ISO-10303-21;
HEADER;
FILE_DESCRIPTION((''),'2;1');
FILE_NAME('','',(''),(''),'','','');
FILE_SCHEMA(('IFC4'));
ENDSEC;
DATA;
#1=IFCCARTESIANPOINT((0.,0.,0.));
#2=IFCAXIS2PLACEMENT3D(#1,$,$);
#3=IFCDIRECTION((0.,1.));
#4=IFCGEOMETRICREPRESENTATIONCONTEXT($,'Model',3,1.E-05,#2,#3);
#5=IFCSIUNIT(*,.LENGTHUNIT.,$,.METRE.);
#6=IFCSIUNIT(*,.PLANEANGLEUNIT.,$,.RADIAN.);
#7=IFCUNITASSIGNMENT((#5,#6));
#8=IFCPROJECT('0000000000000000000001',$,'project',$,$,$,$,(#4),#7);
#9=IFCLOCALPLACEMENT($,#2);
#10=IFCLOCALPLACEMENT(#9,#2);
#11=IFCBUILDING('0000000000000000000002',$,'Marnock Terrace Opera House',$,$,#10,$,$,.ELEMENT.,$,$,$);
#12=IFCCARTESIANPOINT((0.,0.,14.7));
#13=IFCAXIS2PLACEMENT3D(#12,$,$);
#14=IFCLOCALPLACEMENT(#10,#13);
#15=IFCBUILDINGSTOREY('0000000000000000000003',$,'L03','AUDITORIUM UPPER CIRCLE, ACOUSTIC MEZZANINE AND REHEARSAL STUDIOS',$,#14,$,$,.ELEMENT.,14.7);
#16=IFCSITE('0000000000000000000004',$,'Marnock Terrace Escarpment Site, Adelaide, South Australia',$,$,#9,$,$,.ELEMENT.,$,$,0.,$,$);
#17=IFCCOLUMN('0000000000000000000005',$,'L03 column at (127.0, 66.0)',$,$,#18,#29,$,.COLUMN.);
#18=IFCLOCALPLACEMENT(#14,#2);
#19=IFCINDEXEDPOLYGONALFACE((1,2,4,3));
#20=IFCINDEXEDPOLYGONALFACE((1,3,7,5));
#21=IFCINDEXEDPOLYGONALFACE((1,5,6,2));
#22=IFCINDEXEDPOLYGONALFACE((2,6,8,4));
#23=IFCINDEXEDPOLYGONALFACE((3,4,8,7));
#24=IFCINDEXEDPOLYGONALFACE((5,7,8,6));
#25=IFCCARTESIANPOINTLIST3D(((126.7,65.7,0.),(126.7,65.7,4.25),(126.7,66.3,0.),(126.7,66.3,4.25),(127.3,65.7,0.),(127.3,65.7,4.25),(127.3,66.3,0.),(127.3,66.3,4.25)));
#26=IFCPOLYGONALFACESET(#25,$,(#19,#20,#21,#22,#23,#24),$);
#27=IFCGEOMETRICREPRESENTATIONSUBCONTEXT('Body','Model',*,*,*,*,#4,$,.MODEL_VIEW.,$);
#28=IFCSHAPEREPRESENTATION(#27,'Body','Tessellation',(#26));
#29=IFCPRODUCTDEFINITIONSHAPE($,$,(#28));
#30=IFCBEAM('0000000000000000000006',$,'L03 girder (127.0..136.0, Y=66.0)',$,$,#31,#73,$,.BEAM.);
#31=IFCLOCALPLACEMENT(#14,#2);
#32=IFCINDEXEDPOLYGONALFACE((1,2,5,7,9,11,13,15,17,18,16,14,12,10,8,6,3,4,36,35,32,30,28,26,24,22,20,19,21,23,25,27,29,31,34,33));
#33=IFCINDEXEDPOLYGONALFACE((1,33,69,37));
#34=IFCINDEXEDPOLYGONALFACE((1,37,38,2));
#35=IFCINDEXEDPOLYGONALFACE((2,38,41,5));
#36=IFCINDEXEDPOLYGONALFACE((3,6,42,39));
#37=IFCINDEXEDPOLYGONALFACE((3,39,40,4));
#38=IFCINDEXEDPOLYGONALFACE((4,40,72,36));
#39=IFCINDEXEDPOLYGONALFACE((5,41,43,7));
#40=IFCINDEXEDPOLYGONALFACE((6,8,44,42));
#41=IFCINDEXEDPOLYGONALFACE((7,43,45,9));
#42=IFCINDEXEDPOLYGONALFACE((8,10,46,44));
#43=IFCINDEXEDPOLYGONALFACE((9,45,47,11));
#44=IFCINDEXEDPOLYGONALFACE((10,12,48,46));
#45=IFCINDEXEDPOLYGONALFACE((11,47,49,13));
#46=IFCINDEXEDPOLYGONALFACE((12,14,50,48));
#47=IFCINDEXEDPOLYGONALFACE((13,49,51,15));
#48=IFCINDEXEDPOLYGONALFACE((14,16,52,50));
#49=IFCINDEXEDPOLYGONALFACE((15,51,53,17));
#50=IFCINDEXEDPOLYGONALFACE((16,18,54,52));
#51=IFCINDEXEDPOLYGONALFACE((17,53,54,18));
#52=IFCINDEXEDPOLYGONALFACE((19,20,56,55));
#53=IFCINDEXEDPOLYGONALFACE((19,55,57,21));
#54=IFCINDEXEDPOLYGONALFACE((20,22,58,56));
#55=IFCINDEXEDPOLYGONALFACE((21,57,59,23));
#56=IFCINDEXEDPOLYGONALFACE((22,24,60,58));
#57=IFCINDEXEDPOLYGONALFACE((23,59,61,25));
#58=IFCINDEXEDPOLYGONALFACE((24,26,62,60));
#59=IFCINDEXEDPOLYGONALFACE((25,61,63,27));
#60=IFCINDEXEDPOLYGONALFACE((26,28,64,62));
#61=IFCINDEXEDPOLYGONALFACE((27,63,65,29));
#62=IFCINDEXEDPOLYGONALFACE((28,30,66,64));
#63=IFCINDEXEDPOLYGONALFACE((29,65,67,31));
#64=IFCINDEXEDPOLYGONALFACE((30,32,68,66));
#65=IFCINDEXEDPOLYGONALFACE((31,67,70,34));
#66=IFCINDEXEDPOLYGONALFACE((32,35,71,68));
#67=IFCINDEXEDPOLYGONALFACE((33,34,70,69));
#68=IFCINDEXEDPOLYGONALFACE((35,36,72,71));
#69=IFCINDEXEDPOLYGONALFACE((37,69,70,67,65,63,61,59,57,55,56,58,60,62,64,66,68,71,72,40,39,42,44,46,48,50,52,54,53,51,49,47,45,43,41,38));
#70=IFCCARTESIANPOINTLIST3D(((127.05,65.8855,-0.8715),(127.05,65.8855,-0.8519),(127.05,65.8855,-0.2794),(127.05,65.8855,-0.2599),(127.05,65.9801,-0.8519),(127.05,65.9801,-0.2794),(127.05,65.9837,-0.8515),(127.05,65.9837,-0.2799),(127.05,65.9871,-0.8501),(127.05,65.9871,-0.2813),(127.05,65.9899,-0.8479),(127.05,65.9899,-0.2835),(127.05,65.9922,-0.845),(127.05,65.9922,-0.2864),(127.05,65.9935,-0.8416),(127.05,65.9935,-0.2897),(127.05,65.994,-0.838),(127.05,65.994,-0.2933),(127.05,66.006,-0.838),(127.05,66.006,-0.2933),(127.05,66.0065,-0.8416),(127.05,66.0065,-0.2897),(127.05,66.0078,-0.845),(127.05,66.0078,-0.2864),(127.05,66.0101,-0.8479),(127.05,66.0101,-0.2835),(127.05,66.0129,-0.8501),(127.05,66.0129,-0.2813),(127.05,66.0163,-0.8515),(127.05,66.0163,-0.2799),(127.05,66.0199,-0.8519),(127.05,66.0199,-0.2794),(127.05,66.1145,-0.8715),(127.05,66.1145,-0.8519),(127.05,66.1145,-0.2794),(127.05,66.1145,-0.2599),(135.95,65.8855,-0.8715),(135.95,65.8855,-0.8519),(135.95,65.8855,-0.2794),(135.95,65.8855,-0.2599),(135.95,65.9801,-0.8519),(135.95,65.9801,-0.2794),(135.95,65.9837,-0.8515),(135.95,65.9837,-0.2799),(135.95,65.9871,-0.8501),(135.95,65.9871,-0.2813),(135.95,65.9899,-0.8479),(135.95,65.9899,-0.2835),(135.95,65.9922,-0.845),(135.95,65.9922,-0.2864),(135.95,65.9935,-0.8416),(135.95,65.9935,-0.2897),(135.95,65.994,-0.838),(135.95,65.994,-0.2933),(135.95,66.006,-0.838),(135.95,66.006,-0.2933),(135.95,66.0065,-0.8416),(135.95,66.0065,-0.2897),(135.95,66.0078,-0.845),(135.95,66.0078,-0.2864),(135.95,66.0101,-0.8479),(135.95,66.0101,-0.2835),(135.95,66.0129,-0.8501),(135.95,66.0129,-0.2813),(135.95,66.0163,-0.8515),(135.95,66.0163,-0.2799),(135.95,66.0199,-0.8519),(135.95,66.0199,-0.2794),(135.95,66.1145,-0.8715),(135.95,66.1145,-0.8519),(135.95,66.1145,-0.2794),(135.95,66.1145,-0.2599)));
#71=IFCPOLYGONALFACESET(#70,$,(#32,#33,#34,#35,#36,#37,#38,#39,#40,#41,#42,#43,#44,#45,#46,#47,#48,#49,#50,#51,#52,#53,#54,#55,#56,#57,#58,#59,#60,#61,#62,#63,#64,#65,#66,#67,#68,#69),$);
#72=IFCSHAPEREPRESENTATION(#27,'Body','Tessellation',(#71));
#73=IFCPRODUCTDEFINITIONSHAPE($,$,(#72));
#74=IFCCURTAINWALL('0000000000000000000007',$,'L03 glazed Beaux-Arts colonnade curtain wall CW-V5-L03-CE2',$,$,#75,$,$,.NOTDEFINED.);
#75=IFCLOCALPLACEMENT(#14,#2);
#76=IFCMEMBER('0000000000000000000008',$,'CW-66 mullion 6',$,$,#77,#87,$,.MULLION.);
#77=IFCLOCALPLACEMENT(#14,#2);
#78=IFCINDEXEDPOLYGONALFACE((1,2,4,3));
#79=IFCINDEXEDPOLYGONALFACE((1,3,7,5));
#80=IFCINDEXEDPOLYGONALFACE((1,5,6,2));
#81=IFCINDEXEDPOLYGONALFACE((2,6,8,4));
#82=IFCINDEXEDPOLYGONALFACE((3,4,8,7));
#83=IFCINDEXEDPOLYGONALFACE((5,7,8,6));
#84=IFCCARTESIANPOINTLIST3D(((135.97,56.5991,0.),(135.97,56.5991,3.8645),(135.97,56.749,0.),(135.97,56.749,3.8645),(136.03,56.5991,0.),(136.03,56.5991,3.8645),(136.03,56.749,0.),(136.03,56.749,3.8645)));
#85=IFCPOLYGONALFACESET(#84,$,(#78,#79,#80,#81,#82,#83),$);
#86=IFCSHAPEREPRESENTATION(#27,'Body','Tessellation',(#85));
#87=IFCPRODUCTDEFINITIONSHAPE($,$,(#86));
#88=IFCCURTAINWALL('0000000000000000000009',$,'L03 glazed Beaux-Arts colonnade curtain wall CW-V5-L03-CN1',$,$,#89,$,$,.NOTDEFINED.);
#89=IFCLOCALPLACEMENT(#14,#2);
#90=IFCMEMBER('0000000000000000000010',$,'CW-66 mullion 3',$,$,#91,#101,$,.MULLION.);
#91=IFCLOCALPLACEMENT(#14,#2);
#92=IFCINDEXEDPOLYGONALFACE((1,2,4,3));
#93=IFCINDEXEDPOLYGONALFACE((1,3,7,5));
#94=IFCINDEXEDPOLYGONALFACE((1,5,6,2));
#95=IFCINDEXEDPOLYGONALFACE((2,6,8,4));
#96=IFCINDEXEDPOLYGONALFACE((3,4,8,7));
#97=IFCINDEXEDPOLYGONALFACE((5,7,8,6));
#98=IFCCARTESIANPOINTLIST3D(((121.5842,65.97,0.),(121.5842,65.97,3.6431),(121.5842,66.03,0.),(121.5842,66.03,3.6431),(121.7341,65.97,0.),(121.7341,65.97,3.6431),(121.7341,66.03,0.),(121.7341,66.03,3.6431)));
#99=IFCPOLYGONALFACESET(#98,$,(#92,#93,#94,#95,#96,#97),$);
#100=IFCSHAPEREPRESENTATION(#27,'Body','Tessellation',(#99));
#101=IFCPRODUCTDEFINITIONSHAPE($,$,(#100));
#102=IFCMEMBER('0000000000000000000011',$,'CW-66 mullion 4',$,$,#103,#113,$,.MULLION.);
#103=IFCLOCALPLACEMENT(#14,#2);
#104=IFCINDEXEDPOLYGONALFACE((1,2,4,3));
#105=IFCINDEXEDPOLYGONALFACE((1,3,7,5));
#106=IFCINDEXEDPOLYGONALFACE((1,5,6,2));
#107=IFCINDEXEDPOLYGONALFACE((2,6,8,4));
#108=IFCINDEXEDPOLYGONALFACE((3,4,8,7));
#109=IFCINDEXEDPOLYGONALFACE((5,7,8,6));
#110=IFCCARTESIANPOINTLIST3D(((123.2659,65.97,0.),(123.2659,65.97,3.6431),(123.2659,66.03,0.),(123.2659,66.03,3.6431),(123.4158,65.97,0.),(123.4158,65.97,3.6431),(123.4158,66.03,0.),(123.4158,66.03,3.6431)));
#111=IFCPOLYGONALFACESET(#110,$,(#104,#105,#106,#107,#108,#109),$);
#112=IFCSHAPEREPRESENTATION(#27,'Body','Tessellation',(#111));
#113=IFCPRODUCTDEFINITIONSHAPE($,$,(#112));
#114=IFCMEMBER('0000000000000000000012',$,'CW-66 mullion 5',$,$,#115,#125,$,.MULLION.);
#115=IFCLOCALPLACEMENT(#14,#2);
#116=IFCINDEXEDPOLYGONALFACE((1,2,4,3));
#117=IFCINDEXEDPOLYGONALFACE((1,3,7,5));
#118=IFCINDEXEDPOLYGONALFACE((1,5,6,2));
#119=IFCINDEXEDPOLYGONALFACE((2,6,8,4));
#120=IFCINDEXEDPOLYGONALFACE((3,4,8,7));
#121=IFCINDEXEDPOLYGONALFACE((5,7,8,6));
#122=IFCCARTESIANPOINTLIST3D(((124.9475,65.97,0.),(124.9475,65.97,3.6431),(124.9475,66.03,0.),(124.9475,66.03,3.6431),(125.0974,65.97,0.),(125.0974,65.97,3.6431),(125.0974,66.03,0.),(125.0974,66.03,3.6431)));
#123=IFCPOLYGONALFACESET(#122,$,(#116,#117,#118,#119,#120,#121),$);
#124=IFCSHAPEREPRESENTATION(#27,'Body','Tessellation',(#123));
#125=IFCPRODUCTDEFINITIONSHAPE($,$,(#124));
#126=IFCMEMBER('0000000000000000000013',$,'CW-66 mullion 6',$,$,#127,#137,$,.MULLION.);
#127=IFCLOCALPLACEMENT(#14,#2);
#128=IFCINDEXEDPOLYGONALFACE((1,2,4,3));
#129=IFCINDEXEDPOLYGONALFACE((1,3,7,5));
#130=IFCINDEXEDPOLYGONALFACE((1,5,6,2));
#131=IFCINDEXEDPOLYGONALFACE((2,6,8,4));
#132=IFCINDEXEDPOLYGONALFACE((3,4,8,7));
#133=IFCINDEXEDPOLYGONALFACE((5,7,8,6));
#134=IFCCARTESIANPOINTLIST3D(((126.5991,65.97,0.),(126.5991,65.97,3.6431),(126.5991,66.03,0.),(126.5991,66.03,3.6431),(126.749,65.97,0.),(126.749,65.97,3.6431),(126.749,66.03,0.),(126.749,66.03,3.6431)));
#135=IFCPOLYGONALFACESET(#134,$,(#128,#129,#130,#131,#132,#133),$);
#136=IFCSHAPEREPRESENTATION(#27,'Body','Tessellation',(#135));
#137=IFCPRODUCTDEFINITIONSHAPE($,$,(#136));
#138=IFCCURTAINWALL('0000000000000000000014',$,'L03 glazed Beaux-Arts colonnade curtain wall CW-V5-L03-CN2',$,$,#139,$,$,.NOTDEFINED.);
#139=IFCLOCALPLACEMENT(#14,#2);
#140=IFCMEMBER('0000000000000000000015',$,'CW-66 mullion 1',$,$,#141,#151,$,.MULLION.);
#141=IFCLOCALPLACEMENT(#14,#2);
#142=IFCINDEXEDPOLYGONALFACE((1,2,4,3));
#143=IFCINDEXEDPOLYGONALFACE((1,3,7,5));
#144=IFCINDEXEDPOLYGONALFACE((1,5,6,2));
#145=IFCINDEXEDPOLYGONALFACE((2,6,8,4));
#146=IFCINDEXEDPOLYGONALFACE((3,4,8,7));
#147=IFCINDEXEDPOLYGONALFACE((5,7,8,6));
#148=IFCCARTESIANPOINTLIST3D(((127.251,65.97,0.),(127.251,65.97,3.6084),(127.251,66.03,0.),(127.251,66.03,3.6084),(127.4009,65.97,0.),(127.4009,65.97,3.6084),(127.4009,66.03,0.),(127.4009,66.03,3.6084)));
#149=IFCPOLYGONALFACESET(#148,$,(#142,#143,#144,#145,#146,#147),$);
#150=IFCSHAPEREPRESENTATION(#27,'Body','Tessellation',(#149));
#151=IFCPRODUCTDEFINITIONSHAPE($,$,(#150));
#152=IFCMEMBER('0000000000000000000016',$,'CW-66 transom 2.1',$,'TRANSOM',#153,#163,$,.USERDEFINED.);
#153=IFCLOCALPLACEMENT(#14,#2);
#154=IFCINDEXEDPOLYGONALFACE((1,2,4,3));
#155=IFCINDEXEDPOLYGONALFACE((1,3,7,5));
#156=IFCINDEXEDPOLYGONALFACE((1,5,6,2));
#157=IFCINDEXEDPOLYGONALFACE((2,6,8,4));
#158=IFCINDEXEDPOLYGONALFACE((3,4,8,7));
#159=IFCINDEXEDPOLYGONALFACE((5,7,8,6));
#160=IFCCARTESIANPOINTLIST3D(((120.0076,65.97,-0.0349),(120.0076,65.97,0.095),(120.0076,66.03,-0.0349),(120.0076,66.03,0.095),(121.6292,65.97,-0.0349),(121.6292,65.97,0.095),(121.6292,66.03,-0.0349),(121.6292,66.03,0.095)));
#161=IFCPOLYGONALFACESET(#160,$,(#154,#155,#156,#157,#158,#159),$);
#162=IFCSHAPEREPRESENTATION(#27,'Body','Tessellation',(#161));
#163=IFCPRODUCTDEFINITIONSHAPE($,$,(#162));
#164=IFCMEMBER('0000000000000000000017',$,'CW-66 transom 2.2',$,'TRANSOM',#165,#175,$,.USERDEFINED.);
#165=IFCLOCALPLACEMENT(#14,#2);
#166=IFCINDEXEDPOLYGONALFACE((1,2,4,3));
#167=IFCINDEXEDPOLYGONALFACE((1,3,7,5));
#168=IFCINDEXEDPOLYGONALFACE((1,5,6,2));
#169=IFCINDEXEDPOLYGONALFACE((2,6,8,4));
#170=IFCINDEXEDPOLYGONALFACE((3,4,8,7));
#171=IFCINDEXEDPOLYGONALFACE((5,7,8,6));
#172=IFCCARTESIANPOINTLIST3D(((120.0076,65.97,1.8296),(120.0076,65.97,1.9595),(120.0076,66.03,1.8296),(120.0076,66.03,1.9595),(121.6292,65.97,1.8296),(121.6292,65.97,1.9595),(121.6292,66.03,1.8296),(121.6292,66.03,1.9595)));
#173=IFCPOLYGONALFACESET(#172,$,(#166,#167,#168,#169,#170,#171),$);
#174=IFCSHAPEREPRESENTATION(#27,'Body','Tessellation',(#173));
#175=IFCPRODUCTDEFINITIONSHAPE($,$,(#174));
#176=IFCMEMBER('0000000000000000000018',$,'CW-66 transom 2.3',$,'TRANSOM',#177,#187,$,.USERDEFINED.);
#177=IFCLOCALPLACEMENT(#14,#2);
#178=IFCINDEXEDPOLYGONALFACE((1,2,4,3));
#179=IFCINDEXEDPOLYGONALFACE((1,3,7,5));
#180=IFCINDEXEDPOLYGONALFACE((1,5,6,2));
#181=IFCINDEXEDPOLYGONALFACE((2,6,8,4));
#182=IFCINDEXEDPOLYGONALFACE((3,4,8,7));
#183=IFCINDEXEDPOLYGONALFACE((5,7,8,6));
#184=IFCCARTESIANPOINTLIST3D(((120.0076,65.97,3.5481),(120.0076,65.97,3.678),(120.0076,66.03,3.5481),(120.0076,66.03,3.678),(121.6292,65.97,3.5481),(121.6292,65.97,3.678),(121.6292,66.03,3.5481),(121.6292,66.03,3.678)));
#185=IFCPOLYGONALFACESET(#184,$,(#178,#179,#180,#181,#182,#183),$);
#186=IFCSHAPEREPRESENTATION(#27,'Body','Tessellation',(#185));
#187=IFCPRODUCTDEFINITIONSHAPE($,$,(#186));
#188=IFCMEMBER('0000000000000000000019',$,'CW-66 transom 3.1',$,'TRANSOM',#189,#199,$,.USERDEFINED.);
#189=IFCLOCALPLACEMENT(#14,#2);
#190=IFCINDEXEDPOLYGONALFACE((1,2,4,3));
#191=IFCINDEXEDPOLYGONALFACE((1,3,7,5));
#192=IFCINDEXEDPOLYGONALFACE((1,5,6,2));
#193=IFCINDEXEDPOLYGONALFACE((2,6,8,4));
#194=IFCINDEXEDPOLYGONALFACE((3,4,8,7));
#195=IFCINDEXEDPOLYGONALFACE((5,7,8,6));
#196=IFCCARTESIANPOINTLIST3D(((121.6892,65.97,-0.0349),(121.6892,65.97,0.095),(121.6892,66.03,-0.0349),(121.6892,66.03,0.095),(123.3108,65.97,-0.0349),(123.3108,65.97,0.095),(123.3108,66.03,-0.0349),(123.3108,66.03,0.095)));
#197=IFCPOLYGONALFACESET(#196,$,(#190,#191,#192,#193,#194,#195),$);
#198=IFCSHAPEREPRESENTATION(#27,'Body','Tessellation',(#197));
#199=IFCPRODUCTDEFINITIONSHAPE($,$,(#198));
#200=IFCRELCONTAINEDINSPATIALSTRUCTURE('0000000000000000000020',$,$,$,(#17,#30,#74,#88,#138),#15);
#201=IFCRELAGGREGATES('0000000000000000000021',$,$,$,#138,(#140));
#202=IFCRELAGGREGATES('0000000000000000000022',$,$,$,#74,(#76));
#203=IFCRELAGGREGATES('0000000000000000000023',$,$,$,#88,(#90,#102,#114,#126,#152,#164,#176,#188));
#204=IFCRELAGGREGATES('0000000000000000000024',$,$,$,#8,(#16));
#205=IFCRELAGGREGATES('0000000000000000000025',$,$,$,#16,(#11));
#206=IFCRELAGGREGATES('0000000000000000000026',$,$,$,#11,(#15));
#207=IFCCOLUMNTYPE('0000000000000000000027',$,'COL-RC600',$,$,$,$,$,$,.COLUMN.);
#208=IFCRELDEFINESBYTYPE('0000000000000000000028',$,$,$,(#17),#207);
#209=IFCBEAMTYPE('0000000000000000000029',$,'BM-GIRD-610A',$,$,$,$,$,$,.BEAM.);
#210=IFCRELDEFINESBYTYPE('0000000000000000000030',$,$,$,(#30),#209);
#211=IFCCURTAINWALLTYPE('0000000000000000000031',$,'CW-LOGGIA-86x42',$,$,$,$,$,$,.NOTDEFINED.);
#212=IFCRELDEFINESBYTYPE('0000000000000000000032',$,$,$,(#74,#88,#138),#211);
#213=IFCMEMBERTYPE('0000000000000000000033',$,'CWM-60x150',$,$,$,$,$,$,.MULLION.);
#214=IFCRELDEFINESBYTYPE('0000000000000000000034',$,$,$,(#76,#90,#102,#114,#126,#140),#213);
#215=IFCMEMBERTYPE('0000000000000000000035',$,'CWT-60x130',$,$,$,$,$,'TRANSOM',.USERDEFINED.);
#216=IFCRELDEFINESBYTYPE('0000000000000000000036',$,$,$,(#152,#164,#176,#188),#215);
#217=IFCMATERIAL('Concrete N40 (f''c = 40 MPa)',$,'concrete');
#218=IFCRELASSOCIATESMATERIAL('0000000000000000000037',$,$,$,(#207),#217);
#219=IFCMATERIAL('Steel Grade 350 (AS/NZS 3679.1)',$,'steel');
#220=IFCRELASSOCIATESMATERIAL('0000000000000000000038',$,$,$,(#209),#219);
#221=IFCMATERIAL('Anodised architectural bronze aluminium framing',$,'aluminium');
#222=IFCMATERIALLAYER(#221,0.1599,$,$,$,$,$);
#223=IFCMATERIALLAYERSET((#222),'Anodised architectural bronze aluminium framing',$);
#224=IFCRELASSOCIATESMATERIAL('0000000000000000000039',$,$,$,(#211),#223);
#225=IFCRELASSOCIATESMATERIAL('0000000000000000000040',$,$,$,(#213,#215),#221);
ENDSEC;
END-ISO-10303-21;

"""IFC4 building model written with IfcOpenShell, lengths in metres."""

from ifc_helpers import new_model, si_unit, direction, frame, origin, origin_2d, place, context, subcontext, project, spatial, rectangle, i_section, extrude, material, layer, layer_set, material_profile, profile_set, type_object, element, aggregate, save


model = new_model("IFC4")

# Units and contexts
model_context = context("Model", 3, precision=1e-05, world=origin(), true_north=direction((0.0, 1.0)))
body_context = subcontext(model_context, "Body", "Model", "MODEL_VIEW")
ifc_project = project(units=[si_unit("LENGTHUNIT", "METRE"), si_unit("PLANEANGLEUNIT", "RADIAN")], contexts=[model_context])

# Site, building, storey
site_placement = place(None, origin())
site = spatial("IfcSite", under=ifc_project, at=site_placement, Name="Marnock Terrace Escarpment Site, Adelaide, South Australia", CompositionType="ELEMENT", RefElevation=0.0)
building_placement = place(site_placement, origin())
building = spatial("IfcBuilding", under=site, at=building_placement, Name="Marnock Terrace Opera House", CompositionType="ELEMENT")
storey_placement = place(building_placement, frame((0.0, 0.0, 14.7)))
storey = spatial("IfcBuildingStorey", under=building, at=storey_placement, Name="L03", Description="AUDITORIUM UPPER CIRCLE, ACOUSTIC MEZZANINE AND REHEARSAL STUDIOS", CompositionType="ELEMENT", Elevation=14.7)

# Column
ifc_material_1 = material(Name="Concrete N40 (f'c = 40 MPa)", Category="concrete")
ifc_material_profile_1 = material_profile(ifc_material_1, rectangle(XDim=0.6001, YDim=0.6001, at=origin_2d()))
ifc_profile_set_1 = profile_set([ifc_material_profile_1], Name="Concrete N40 (f'c = 40 MPa)")
column_type = type_object("IfcColumnType", Name="COL-RC600", PredefinedType="COLUMN", material=ifc_profile_set_1)
column_placement = place(storey_placement, frame((127.0, 66.0, 0.0), z_axis=(0.0, 0.0, 1.0), x_axis=(1.0, 0.0, 0.0)))
element("IfcColumn", 1, at=column_placement, inside=storey, type_object=column_type, Name="L03 column at (127.0, 66.0)", PredefinedType="COLUMN", context=body_context, shape_type="SweptSolid", body=[
    extrude(rectangle(XDim=0.6001, YDim=0.6001, at=origin_2d()), origin(), (0.0, 0.0, 1.0), 4.25),
])

# Beam
ifc_material_2 = material(Name="Steel Grade 350 (AS/NZS 3679.1)", Category="steel")
ifc_material_profile_2 = material_profile(ifc_material_2, i_section(OverallWidth=0.229, OverallDepth=0.6116, WebThickness=0.012, FlangeThickness=0.0195, FilletRadius=0.0139, at=origin_2d()))
ifc_profile_set_2 = profile_set([ifc_material_profile_2], Name="Steel Grade 350 (AS/NZS 3679.1)")
beam_type = type_object("IfcBeamType", Name="BM-GIRD-610A", PredefinedType="BEAM", material=ifc_profile_set_2)
beam_placement = place(storey_placement, frame((127.05, 66.0, -0.5657), z_axis=(1.0, 0.0, 0.0), x_axis=(0.0, 1.0, 0.0)))
element("IfcBeam", 2, at=beam_placement, inside=storey, type_object=beam_type, Name="L03 girder (127.0..136.0, Y=66.0)", PredefinedType="BEAM", context=body_context, shape_type="SweptSolid", body=[
    extrude(i_section(OverallWidth=0.229, OverallDepth=0.6116, WebThickness=0.012, FlangeThickness=0.0195, FilletRadius=0.0139, at=origin_2d()), origin(), (0.0, 0.0, 1.0), 8.8999),
])

# Curtain wall, member
ifc_material_3 = material(Name="Anodised architectural bronze aluminium framing", Category="aluminium")
ifc_layer_1 = layer(ifc_material_3, 0.1599)
ifc_layer_set_1 = layer_set([ifc_layer_1], Name="Anodised architectural bronze aluminium framing")
curtain_wall_type = type_object("IfcCurtainWallType", Name="CW-LOGGIA-86x42", PredefinedType="NOTDEFINED", material=ifc_layer_set_1)
curtain_wall_1_placement = place(storey_placement, origin())
curtain_wall_1 = element("IfcCurtainWall", 3, at=curtain_wall_1_placement, inside=storey, type_object=curtain_wall_type, Name="L03 glazed Beaux-Arts colonnade curtain wall CW-V5-L03-CE2", PredefinedType="NOTDEFINED")
ifc_material_profile_3 = material_profile(ifc_material_3, rectangle(XDim=0.0601, YDim=0.1499, at=origin_2d()))
ifc_profile_set_3 = profile_set([ifc_material_profile_3], Name="Anodised architectural bronze aluminium framing")
member_type_1 = type_object("IfcMemberType", Name="CWM-60x150", PredefinedType="MULLION", material=ifc_profile_set_3)
member_1_placement = place(storey_placement, frame((136.0, 56.6741, 0.0), z_axis=(0.0, 0.0, 1.0), x_axis=(-1.0, 0.0, 0.0)))
member_1 = element("IfcMember", 4, at=member_1_placement, type_object=member_type_1, Name="CW-66 mullion 6", PredefinedType="MULLION", context=body_context, shape_type="SweptSolid", body=[
    extrude(rectangle(XDim=0.0601, YDim=0.1499, at=origin_2d()), origin(), (0.0, 0.0, 1.0), 3.8645),
])

# Curtain wall, members
curtain_wall_2_placement = place(storey_placement, origin())
curtain_wall_2 = element("IfcCurtainWall", 5, at=curtain_wall_2_placement, inside=storey, type_object=curtain_wall_type, Name="L03 glazed Beaux-Arts colonnade curtain wall CW-V5-L03-CN1", PredefinedType="NOTDEFINED")
member_2_placement = place(storey_placement, frame((121.6592, 66.0, 0.0), z_axis=(0.0, 0.0, 1.0), x_axis=(0.0, 1.0, 0.0)))
member_2 = element("IfcMember", 6, at=member_2_placement, type_object=member_type_1, Name="CW-66 mullion 3", PredefinedType="MULLION", context=body_context, shape_type="SweptSolid", body=[
    extrude(rectangle(XDim=0.0601, YDim=0.1499, at=origin_2d()), origin(), (0.0, 0.0, 1.0), 3.6431),
])
member_3_placement = place(storey_placement, frame((123.3408, 66.0, 0.0), z_axis=(0.0, 0.0, 1.0), x_axis=(0.0, 1.0, 0.0)))
member_3 = element("IfcMember", 7, at=member_3_placement, type_object=member_type_1, Name="CW-66 mullion 4", PredefinedType="MULLION", context=body_context, shape_type="SweptSolid", body=[
    extrude(rectangle(XDim=0.0601, YDim=0.1499, at=origin_2d()), origin(), (0.0, 0.0, 1.0), 3.6431),
])
member_4_placement = place(storey_placement, frame((125.0225, 66.0, 0.0), z_axis=(0.0, 0.0, 1.0), x_axis=(0.0, 1.0, 0.0)))
member_4 = element("IfcMember", 8, at=member_4_placement, type_object=member_type_1, Name="CW-66 mullion 5", PredefinedType="MULLION", context=body_context, shape_type="SweptSolid", body=[
    extrude(rectangle(XDim=0.0601, YDim=0.1499, at=origin_2d()), origin(), (0.0, 0.0, 1.0), 3.6431),
])
member_5_placement = place(storey_placement, frame((126.6741, 66.0, 0.0), z_axis=(0.0, 0.0, 1.0), x_axis=(0.0, 1.0, 0.0)))
member_5 = element("IfcMember", 9, at=member_5_placement, type_object=member_type_1, Name="CW-66 mullion 6", PredefinedType="MULLION", context=body_context, shape_type="SweptSolid", body=[
    extrude(rectangle(XDim=0.0601, YDim=0.1499, at=origin_2d()), origin(), (0.0, 0.0, 1.0), 3.6431),
])

# Curtain wall, member
curtain_wall_3_placement = place(storey_placement, origin())
curtain_wall_3 = element("IfcCurtainWall", 10, at=curtain_wall_3_placement, inside=storey, type_object=curtain_wall_type, Name="L03 glazed Beaux-Arts colonnade curtain wall CW-V5-L03-CN2", PredefinedType="NOTDEFINED")
member_6_placement = place(storey_placement, frame((127.3259, 66.0, 0.0), z_axis=(0.0, 0.0, 1.0), x_axis=(0.0, 1.0, 0.0)))
member_6 = element("IfcMember", 11, at=member_6_placement, type_object=member_type_1, Name="CW-66 mullion 1", PredefinedType="MULLION", context=body_context, shape_type="SweptSolid", body=[
    extrude(rectangle(XDim=0.0601, YDim=0.1499, at=origin_2d()), origin(), (0.0, 0.0, 1.0), 3.6084),
])

# Members
ifc_material_profile_4 = material_profile(ifc_material_3, rectangle(XDim=0.0601, YDim=0.1299, at=origin_2d()))
ifc_profile_set_4 = profile_set([ifc_material_profile_4], Name="Anodised architectural bronze aluminium framing")
member_type_2 = type_object("IfcMemberType", Name="CWT-60x130", ElementType="TRANSOM", PredefinedType="USERDEFINED", material=ifc_profile_set_4)
member_7_placement = place(storey_placement, frame((120.0076, 66.0, 0.03), z_axis=(1.0, 0.0, 0.0), x_axis=(0.0, 1.0, 0.0)))
member_7 = element("IfcMember", 12, at=member_7_placement, type_object=member_type_2, Name="CW-66 transom 2.1", ObjectType="TRANSOM", PredefinedType="USERDEFINED", context=body_context, shape_type="SweptSolid", body=[
    extrude(rectangle(XDim=0.0601, YDim=0.1299, at=origin_2d()), origin(), (0.0, 0.0, 1.0), 1.6216),
])
member_8_placement = place(storey_placement, frame((120.0076, 66.0, 1.8945), z_axis=(1.0, 0.0, 0.0), x_axis=(0.0, 1.0, 0.0)))
member_8 = element("IfcMember", 13, at=member_8_placement, type_object=member_type_2, Name="CW-66 transom 2.2", ObjectType="TRANSOM", PredefinedType="USERDEFINED", context=body_context, shape_type="SweptSolid", body=[
    extrude(rectangle(XDim=0.0601, YDim=0.1299, at=origin_2d()), origin(), (0.0, 0.0, 1.0), 1.6216),
])
member_9_placement = place(storey_placement, frame((120.0076, 66.0, 3.613), z_axis=(1.0, 0.0, 0.0), x_axis=(0.0, 1.0, 0.0)))
member_9 = element("IfcMember", 14, at=member_9_placement, type_object=member_type_2, Name="CW-66 transom 2.3", ObjectType="TRANSOM", PredefinedType="USERDEFINED", context=body_context, shape_type="SweptSolid", body=[
    extrude(rectangle(XDim=0.0601, YDim=0.1299, at=origin_2d()), origin(), (0.0, 0.0, 1.0), 1.6216),
])
member_10_placement = place(storey_placement, frame((121.6892, 66.0, 0.03), z_axis=(1.0, 0.0, 0.0), x_axis=(0.0, 1.0, 0.0)))
member_10 = element("IfcMember", 15, at=member_10_placement, type_object=member_type_2, Name="CW-66 transom 3.1", ObjectType="TRANSOM", PredefinedType="USERDEFINED", context=body_context, shape_type="SweptSolid", body=[
    extrude(rectangle(XDim=0.0601, YDim=0.1299, at=origin_2d()), origin(), (0.0, 0.0, 1.0), 1.6216),
])
aggregate(curtain_wall_3, [member_6])

aggregate(curtain_wall_1, [member_1])
aggregate(curtain_wall_2, [member_2, member_3, member_4, member_5, member_7, member_8, member_9, member_10])

save(model, "model.ifc")
